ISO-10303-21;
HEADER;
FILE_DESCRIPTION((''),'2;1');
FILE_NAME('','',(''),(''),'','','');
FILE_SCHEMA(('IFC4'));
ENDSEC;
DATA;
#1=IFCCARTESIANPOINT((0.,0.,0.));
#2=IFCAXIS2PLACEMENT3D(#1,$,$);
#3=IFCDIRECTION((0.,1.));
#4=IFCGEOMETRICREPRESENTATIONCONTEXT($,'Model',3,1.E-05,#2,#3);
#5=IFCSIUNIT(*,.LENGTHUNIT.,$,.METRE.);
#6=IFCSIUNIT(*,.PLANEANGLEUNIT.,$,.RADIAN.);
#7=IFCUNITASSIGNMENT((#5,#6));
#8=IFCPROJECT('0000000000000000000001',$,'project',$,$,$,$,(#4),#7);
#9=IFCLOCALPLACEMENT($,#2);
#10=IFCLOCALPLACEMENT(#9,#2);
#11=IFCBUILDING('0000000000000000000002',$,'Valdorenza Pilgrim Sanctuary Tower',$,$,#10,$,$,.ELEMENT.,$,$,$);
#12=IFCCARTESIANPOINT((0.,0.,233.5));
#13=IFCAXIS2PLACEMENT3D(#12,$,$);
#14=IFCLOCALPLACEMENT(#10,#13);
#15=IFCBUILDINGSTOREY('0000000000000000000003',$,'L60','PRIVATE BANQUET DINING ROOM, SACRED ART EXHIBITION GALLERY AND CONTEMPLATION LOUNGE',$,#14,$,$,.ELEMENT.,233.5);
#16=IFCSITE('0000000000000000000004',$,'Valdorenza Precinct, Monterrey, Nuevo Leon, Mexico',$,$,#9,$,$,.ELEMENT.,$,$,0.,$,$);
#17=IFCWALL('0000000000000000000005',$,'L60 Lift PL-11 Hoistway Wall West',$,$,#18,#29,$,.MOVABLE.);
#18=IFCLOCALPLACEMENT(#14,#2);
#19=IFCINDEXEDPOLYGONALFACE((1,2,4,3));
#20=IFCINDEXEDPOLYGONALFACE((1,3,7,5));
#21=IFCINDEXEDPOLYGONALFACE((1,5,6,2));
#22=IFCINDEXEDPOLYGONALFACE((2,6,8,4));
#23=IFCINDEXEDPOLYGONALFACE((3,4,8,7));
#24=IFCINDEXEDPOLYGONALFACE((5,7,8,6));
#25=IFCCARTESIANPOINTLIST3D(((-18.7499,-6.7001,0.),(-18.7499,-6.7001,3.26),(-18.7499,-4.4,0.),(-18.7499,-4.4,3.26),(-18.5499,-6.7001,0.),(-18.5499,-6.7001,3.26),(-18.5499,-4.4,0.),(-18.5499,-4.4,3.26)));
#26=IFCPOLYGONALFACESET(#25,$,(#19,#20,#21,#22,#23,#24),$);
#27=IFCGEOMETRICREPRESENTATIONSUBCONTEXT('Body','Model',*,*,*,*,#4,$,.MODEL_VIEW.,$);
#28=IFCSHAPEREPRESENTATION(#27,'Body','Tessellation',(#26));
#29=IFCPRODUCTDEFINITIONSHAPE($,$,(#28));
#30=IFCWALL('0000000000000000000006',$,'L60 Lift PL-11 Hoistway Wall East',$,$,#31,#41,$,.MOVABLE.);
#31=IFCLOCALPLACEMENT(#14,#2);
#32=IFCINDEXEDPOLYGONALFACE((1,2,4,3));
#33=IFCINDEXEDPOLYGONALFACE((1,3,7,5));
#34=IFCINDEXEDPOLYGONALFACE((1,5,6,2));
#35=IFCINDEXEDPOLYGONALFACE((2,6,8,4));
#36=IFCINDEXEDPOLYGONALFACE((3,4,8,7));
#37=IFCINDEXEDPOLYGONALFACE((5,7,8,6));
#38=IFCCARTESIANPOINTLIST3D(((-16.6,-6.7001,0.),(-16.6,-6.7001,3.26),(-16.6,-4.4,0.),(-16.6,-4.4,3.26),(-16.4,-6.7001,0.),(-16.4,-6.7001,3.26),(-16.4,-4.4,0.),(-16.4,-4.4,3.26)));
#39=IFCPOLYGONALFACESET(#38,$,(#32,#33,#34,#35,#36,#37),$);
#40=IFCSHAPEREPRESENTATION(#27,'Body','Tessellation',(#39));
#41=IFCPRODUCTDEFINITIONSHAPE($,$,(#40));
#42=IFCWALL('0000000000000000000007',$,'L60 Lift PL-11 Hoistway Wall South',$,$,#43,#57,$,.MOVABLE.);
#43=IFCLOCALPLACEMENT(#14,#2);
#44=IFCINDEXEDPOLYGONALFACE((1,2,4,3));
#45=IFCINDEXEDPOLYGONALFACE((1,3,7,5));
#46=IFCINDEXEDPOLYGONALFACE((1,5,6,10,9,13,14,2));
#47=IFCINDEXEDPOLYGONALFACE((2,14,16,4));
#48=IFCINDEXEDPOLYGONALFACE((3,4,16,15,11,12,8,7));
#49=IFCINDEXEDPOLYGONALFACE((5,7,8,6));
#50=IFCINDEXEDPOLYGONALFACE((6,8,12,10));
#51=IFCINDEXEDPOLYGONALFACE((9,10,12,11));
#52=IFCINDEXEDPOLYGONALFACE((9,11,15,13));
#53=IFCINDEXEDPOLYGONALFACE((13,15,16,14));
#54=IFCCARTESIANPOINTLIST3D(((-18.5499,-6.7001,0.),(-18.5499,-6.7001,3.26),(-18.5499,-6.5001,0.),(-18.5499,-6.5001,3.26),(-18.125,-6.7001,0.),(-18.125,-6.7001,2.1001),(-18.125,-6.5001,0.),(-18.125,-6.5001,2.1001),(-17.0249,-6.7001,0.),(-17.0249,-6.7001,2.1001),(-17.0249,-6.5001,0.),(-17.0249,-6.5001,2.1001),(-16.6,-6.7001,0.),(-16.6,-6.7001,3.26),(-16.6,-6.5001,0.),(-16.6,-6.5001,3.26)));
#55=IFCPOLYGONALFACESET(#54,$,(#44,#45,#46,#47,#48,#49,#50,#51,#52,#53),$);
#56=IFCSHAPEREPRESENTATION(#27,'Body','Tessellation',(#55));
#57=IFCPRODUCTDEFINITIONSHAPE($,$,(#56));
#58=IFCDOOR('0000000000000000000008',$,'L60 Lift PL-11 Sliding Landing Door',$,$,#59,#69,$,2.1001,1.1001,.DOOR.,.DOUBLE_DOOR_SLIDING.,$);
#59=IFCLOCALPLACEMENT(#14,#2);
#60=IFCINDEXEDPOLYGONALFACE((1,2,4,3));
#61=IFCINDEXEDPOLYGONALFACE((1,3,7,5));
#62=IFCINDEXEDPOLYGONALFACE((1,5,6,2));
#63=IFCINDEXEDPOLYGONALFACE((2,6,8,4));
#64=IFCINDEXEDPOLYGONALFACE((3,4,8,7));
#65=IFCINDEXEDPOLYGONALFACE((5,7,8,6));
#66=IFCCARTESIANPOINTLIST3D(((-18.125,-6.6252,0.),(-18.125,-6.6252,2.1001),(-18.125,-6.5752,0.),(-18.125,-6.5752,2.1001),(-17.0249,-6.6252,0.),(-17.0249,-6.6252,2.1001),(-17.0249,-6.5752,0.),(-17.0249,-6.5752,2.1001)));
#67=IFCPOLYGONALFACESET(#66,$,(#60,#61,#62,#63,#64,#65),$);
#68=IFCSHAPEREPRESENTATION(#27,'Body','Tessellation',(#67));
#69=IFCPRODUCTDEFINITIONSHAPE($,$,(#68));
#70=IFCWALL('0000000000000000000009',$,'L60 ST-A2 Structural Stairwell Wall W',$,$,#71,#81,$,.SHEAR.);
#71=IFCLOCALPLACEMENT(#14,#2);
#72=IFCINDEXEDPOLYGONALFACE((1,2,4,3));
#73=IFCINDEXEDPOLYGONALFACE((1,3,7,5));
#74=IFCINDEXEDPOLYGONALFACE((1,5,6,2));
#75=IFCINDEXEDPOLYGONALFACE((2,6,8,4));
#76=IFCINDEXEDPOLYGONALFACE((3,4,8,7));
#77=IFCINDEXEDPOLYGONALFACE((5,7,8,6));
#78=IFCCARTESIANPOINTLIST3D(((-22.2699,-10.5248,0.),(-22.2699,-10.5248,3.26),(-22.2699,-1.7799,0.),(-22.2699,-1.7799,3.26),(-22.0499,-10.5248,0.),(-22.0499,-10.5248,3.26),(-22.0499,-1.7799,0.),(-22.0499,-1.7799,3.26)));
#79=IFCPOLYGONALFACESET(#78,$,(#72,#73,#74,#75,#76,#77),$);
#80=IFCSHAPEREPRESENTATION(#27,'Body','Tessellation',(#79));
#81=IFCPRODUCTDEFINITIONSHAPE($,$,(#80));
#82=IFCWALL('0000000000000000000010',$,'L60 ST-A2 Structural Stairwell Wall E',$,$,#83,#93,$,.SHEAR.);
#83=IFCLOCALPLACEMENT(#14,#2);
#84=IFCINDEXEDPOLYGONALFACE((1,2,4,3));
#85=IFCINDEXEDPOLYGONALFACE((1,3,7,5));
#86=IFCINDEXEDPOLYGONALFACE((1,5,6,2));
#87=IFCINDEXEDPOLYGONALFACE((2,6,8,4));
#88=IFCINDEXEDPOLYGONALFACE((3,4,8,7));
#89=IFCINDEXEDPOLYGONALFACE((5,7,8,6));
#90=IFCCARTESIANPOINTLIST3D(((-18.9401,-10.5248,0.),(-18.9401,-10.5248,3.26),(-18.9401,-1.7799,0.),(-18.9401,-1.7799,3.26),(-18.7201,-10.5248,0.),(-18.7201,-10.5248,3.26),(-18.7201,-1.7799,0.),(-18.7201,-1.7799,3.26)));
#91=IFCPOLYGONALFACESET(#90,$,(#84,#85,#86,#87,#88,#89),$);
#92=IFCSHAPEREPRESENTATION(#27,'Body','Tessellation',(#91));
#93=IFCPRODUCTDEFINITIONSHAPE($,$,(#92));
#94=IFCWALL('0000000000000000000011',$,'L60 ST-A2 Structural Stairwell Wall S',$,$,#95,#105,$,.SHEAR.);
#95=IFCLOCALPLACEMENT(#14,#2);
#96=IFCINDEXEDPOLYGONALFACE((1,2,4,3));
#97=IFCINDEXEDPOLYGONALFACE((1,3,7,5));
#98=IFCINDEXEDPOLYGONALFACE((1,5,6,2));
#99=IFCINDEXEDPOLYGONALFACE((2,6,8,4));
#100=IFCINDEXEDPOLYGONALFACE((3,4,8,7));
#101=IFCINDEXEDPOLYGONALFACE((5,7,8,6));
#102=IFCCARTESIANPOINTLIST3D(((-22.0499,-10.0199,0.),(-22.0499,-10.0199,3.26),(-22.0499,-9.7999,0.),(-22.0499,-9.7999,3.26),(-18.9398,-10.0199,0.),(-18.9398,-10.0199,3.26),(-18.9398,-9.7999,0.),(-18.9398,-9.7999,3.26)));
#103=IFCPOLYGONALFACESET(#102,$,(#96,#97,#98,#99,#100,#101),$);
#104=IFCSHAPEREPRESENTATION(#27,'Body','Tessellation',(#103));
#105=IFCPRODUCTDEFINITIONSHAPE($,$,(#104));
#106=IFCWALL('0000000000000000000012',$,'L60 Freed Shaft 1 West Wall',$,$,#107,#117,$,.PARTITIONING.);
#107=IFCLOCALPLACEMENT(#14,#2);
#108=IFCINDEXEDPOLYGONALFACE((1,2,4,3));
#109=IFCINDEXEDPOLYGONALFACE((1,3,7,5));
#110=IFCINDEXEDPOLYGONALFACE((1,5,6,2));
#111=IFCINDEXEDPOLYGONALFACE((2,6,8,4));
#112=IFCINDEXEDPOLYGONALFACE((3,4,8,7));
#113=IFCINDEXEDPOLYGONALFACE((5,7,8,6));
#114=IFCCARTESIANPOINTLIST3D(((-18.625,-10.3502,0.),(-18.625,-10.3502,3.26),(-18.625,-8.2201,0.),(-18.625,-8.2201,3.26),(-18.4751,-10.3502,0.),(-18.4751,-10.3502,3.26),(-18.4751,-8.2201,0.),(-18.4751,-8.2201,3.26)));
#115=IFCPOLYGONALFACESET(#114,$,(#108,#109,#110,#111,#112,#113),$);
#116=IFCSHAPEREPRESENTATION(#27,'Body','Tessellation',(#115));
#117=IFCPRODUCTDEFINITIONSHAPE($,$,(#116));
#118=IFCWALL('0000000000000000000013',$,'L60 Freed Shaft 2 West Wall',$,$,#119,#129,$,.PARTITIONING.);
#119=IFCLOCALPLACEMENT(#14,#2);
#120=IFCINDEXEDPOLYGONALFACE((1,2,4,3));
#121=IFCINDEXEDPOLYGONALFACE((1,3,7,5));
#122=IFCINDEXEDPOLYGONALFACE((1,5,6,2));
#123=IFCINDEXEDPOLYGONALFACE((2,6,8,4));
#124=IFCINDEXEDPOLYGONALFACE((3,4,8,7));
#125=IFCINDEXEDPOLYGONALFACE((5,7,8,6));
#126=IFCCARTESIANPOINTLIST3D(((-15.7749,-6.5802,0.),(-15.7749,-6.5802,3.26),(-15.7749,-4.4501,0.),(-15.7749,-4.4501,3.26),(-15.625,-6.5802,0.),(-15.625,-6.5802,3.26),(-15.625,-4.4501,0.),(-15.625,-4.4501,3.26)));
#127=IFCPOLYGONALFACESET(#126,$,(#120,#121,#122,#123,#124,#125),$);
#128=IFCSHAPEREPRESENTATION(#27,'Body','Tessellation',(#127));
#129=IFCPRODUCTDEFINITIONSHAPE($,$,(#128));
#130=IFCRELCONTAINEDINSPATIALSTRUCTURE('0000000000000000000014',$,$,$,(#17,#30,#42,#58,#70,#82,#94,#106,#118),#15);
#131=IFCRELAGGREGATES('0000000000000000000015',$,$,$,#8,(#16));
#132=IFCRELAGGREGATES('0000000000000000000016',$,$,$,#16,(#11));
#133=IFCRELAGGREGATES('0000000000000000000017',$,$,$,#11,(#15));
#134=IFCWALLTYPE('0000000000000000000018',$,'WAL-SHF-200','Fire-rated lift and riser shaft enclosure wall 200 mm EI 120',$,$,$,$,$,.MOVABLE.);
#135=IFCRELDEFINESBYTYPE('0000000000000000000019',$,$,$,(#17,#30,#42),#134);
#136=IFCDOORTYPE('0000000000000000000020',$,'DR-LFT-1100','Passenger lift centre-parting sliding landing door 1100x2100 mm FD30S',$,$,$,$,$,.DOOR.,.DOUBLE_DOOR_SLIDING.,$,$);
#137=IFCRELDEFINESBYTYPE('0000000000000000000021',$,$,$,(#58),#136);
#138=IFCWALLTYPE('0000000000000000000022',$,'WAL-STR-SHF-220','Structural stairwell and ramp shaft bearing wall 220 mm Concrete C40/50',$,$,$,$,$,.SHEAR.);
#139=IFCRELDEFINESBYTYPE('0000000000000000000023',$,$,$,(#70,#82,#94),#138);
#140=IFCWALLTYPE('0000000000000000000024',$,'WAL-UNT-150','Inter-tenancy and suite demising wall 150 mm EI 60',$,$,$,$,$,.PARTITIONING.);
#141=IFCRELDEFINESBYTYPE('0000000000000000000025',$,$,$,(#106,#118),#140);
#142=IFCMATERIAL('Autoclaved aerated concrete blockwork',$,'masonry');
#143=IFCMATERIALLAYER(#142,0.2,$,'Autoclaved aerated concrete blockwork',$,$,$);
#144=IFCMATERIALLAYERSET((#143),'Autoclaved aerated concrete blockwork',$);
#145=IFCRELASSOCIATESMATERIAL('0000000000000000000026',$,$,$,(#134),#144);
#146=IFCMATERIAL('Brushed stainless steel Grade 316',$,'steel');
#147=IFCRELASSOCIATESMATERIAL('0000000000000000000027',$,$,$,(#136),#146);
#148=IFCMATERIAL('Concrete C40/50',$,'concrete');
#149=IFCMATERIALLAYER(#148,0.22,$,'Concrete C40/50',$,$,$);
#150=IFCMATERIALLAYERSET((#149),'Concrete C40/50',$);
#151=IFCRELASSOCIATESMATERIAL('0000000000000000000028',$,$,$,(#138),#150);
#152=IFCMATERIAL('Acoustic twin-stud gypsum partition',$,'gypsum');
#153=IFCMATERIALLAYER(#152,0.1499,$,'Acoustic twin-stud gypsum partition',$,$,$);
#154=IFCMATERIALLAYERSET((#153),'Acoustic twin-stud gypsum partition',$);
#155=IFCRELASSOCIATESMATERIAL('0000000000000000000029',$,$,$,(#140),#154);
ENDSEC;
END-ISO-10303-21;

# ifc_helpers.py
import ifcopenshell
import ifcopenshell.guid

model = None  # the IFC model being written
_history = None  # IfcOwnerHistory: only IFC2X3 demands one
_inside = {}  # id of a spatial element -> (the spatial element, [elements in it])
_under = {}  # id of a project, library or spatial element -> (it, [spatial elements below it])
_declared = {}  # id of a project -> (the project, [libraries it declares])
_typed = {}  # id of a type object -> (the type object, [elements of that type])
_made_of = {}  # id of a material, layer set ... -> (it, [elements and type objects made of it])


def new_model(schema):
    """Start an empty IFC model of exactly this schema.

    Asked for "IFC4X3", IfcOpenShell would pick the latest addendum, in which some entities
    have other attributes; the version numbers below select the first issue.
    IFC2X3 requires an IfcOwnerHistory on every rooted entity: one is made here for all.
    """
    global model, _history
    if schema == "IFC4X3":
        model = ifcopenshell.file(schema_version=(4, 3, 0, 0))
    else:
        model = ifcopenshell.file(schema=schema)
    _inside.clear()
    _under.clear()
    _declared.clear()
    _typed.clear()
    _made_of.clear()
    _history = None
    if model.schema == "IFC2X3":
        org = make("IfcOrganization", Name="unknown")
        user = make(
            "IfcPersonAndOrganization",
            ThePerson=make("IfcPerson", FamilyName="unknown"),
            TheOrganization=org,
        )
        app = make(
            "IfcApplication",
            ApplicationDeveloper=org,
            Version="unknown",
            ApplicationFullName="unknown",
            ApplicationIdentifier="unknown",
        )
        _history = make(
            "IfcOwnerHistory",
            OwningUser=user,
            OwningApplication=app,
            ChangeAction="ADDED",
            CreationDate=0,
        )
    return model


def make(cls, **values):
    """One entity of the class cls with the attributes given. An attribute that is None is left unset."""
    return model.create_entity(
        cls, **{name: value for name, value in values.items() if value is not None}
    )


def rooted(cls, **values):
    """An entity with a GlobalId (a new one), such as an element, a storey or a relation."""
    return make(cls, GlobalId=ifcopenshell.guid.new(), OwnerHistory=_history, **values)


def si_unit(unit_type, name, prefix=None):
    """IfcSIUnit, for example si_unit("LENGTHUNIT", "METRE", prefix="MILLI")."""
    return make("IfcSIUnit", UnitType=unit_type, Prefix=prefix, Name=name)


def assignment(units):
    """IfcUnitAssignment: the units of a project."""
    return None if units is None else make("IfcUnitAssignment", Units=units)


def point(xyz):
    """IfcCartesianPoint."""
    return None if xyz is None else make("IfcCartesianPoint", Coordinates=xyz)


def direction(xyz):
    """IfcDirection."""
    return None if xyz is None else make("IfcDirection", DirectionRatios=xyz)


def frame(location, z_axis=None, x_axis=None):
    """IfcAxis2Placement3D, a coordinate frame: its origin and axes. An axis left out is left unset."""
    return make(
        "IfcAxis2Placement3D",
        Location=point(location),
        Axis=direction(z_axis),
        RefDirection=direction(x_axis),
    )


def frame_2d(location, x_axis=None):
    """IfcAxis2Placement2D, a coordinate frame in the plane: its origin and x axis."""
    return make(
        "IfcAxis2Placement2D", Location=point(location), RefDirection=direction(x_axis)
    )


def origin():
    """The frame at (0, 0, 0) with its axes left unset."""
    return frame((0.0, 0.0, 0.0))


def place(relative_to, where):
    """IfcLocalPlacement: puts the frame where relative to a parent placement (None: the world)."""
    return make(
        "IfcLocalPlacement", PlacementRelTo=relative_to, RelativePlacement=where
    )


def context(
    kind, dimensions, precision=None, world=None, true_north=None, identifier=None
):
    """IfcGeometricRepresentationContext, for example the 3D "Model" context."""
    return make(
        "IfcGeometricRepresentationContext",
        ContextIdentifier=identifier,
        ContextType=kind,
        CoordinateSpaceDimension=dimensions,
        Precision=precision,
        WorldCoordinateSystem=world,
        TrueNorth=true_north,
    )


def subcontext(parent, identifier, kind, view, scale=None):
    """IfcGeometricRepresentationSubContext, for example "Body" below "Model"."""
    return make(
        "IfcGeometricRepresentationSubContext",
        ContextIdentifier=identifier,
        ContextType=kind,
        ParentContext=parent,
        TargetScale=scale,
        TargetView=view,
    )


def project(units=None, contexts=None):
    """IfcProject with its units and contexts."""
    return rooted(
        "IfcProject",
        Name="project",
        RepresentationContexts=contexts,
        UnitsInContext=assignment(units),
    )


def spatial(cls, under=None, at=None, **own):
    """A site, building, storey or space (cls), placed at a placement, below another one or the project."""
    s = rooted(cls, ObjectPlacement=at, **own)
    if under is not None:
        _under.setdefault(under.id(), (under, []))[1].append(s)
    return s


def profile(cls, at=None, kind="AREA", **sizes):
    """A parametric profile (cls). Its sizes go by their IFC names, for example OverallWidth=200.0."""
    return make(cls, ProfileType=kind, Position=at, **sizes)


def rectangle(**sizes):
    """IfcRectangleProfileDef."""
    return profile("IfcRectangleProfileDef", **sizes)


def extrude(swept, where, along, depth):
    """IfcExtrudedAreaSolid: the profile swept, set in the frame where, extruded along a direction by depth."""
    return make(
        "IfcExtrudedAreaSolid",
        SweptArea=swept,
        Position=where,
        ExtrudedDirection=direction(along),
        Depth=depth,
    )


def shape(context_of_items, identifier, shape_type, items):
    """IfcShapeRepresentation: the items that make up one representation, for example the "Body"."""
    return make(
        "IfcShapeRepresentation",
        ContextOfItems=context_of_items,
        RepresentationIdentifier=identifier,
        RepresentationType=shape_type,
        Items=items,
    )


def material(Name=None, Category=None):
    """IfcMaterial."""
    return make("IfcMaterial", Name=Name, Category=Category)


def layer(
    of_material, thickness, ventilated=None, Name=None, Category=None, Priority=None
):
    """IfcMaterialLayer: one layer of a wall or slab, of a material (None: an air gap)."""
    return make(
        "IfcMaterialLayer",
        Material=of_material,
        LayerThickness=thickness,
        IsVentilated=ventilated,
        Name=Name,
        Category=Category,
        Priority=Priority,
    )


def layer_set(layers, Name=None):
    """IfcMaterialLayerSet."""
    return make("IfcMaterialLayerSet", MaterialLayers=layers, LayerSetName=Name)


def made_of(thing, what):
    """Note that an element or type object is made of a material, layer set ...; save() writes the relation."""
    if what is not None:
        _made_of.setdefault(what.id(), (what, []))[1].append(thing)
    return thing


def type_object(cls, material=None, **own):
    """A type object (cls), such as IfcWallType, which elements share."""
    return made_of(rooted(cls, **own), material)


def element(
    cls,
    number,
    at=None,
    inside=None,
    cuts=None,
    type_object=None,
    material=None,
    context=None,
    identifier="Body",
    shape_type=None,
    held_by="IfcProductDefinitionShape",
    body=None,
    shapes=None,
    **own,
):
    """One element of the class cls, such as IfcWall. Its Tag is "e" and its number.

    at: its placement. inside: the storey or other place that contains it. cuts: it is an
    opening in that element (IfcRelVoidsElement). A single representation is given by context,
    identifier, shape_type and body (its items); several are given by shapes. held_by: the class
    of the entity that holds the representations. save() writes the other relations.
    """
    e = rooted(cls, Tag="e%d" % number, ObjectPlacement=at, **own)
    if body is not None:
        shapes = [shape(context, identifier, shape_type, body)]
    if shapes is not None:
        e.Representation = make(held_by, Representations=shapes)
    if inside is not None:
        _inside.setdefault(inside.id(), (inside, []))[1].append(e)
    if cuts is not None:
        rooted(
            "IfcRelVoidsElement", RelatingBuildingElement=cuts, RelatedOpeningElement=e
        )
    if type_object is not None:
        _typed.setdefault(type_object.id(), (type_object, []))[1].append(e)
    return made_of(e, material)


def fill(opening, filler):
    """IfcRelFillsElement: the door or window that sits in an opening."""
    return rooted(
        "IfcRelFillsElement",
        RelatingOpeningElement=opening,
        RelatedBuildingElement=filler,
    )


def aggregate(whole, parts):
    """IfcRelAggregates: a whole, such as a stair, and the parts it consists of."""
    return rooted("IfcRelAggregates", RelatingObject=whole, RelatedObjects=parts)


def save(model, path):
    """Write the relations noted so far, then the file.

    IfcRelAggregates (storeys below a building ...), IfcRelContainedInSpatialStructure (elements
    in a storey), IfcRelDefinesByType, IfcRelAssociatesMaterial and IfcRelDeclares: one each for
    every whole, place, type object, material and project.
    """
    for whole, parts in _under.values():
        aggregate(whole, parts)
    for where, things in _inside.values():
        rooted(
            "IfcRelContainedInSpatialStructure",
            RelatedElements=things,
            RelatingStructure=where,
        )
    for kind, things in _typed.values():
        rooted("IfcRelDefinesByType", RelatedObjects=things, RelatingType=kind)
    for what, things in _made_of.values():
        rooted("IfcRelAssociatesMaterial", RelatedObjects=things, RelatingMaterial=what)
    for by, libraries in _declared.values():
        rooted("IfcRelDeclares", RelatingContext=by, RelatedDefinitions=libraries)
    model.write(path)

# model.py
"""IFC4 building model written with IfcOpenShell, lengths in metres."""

from ifc_helpers import new_model, si_unit, direction, frame, frame_2d, origin, place, context, subcontext, project, spatial, rectangle, extrude, material, layer, layer_set, type_object, element, fill, save


model = new_model("IFC4")

# Units and contexts
model_context = context("Model", 3, precision=1e-05, world=origin(), true_north=direction((0.0, 1.0)))
body_context = subcontext(model_context, "Body", "Model", "MODEL_VIEW")
ifc_project = project(units=[si_unit("LENGTHUNIT", "METRE"), si_unit("PLANEANGLEUNIT", "RADIAN")], contexts=[model_context])

# Site, building, storey
site_placement = place(None, origin())
site = spatial("IfcSite", under=ifc_project, at=site_placement, Name="Valdorenza Precinct, Monterrey, Nuevo Leon, Mexico", CompositionType="ELEMENT", RefElevation=0.0)
building_placement = place(site_placement, origin())
building = spatial("IfcBuilding", under=site, at=building_placement, Name="Valdorenza Pilgrim Sanctuary Tower", CompositionType="ELEMENT")
storey_placement = place(building_placement, frame((0.0, 0.0, 233.5)))
storey = spatial("IfcBuildingStorey", under=building, at=storey_placement, Name="L60", Description="PRIVATE BANQUET DINING ROOM, SACRED ART EXHIBITION GALLERY AND CONTEMPLATION LOUNGE", CompositionType="ELEMENT", Elevation=233.5)

# Shared definitions
ifc_material_1 = material(Name="Acoustic twin-stud gypsum partition", Category="gypsum")

# Walls
ifc_material_2 = material(Name="Autoclaved aerated concrete blockwork", Category="masonry")
ifc_layer_1 = layer(ifc_material_2, 0.2, Name="Autoclaved aerated concrete blockwork")
ifc_layer_set_1 = layer_set([ifc_layer_1], Name="Autoclaved aerated concrete blockwork")
wall_type_1 = type_object("IfcWallType", Name="WAL-SHF-200", Description="Fire-rated lift and riser shaft enclosure wall 200 mm EI 120", PredefinedType="MOVABLE", material=ifc_layer_set_1)
for number, where, z_axis, x_axis, name in (
    (1, (-18.6499, -6.7, 0.0), (0.0, 0.0, 1.0), (0.0, 1.0, 0.0), "L60 Lift PL-11 Hoistway Wall West"),
    (2, (-16.5, -6.7, 0.0), (0.0, 0.0, 1.0), (0.0, 1.0, 0.0), "L60 Lift PL-11 Hoistway Wall East"),
):
    element("IfcWall", number, at=place(storey_placement, frame(where, z_axis=z_axis, x_axis=x_axis)), inside=storey, type_object=wall_type_1, Name=name, PredefinedType="MOVABLE", context=body_context, shape_type="SweptSolid", body=[
        extrude(rectangle(XDim=2.3, YDim=0.2, at=frame_2d((1.1499, 0.0))), origin(), (0.0, 0.0, 1.0), 3.26),
    ])

# Wall, opening, door
wall_1_placement = place(storey_placement, frame((-18.55, -6.6001, 0.0), z_axis=(0.0, 0.0, 1.0), x_axis=(1.0, 0.0, 0.0)))
wall_1 = element("IfcWall", 3, at=wall_1_placement, inside=storey, type_object=wall_type_1, Name="L60 Lift PL-11 Hoistway Wall South", PredefinedType="MOVABLE", context=body_context, shape_type="SweptSolid", body=[
    extrude(rectangle(XDim=1.95, YDim=0.2, at=frame_2d((0.9751, 0.0))), origin(), (0.0, 0.0, 1.0), 3.26),
])
opening_1_placement = place(wall_1_placement, frame((0.425, 0.0, 0.0)))
opening_1 = element("IfcOpeningElement", 4, at=opening_1_placement, cuts=wall_1, PredefinedType="OPENING", context=body_context, shape_type="SweptSolid", body=[
    extrude(rectangle(XDim=1.1001, YDim=2.1001, at=frame_2d((0.55, 1.05))), frame((0.0, 0.1147, 0.0), z_axis=(0.0, -1.0, 0.0), x_axis=(1.0, 0.0, 0.0)), (0.0, 0.0, 1.0), 0.2297),
])
ifc_material_3 = material(Name="Brushed stainless steel Grade 316", Category="steel")
door_type_1 = type_object("IfcDoorType", Name="DR-LFT-1100", Description="Passenger lift centre-parting sliding landing door 1100x2100 mm FD30S", OperationType="DOUBLE_DOOR_SLIDING", PredefinedType="DOOR", material=ifc_material_3)
door_1_placement = place(opening_1_placement, origin())
door_1 = element("IfcDoor", 5, at=door_1_placement, inside=storey, type_object=door_type_1, Name="L60 Lift PL-11 Sliding Landing Door", OperationType="DOUBLE_DOOR_SLIDING", OverallHeight=2.1001, OverallWidth=1.1001, PredefinedType="DOOR", context=body_context, shape_type="SweptSolid", body=[
    extrude(rectangle(XDim=1.1001, YDim=2.1001, at=frame_2d((0.55, 1.05))), frame((0.0, 0.0249, 0.0), z_axis=(0.0, -1.0, 0.0), x_axis=(1.0, 0.0, 0.0)), (0.0, 0.0, 1.0), 0.05),
])
fill(opening_1, door_1)

# Walls
ifc_material_4 = material(Name="Concrete C40/50", Category="concrete")
ifc_layer_2 = layer(ifc_material_4, 0.22, Name="Concrete C40/50")
ifc_layer_set_2 = layer_set([ifc_layer_2], Name="Concrete C40/50")
wall_type_2 = type_object("IfcWallType", Name="WAL-STR-SHF-220", Description="Structural stairwell and ramp shaft bearing wall 220 mm Concrete C40/50", PredefinedType="SHEAR", material=ifc_layer_set_2)
for number, where, z_axis, x_axis, name in (
    (6, (-22.1599, -10.5249, 0.0), (0.0, 0.0, 1.0), (0.0, 1.0, 0.0), "L60 ST-A2 Structural Stairwell Wall W"),
    (7, (-18.8301, -10.5249, 0.0), (0.0, 0.0, 1.0), (0.0, 1.0, 0.0), "L60 ST-A2 Structural Stairwell Wall E"),
):
    element("IfcWall", number, at=place(storey_placement, frame(where, z_axis=z_axis, x_axis=x_axis)), inside=storey, type_object=wall_type_2, Name=name, PredefinedType="SHEAR", context=body_context, shape_type="SweptSolid", body=[
        extrude(rectangle(XDim=8.7449, YDim=0.22, at=frame_2d((4.3726, 0.0))), origin(), (0.0, 0.0, 1.0), 3.26),
    ])
wall_2_placement = place(storey_placement, frame((-22.05, -9.9099, 0.0), z_axis=(0.0, 0.0, 1.0), x_axis=(1.0, 0.0, 0.0)))
element("IfcWall", 8, at=wall_2_placement, inside=storey, type_object=wall_type_2, Name="L60 ST-A2 Structural Stairwell Wall S", PredefinedType="SHEAR", context=body_context, shape_type="SweptSolid", body=[
    extrude(rectangle(XDim=3.1101, YDim=0.22, at=frame_2d((1.5552, 0.0))), origin(), (0.0, 0.0, 1.0), 3.26),
])
ifc_layer_3 = layer(ifc_material_1, 0.1499, Name="Acoustic twin-stud gypsum partition")
ifc_layer_set_3 = layer_set([ifc_layer_3], Name="Acoustic twin-stud gypsum partition")
wall_type_3 = type_object("IfcWallType", Name="WAL-UNT-150", Description="Inter-tenancy and suite demising wall 150 mm EI 60", PredefinedType="PARTITIONING", material=ifc_layer_set_3)
for number, where, z_axis, x_axis, name in (
    (9, (-18.55, -10.3501, 0.0), (0.0, 0.0, 1.0), (0.0, 1.0, 0.0), "L60 Freed Shaft 1 West Wall"),
    (10, (-15.7, -6.5801, 0.0), (0.0, 0.0, 1.0), (0.0, 1.0, 0.0), "L60 Freed Shaft 2 West Wall"),
):
    element("IfcWall", number, at=place(storey_placement, frame(where, z_axis=z_axis, x_axis=x_axis)), inside=storey, type_object=wall_type_3, Name=name, PredefinedType="PARTITIONING", context=body_context, shape_type="SweptSolid", body=[
        extrude(rectangle(XDim=2.1301, YDim=0.1499, at=frame_2d((1.0649, 0.0))), origin(), (0.0, 0.0, 1.0), 3.26),
    ])

save(model, "model.ifc")
